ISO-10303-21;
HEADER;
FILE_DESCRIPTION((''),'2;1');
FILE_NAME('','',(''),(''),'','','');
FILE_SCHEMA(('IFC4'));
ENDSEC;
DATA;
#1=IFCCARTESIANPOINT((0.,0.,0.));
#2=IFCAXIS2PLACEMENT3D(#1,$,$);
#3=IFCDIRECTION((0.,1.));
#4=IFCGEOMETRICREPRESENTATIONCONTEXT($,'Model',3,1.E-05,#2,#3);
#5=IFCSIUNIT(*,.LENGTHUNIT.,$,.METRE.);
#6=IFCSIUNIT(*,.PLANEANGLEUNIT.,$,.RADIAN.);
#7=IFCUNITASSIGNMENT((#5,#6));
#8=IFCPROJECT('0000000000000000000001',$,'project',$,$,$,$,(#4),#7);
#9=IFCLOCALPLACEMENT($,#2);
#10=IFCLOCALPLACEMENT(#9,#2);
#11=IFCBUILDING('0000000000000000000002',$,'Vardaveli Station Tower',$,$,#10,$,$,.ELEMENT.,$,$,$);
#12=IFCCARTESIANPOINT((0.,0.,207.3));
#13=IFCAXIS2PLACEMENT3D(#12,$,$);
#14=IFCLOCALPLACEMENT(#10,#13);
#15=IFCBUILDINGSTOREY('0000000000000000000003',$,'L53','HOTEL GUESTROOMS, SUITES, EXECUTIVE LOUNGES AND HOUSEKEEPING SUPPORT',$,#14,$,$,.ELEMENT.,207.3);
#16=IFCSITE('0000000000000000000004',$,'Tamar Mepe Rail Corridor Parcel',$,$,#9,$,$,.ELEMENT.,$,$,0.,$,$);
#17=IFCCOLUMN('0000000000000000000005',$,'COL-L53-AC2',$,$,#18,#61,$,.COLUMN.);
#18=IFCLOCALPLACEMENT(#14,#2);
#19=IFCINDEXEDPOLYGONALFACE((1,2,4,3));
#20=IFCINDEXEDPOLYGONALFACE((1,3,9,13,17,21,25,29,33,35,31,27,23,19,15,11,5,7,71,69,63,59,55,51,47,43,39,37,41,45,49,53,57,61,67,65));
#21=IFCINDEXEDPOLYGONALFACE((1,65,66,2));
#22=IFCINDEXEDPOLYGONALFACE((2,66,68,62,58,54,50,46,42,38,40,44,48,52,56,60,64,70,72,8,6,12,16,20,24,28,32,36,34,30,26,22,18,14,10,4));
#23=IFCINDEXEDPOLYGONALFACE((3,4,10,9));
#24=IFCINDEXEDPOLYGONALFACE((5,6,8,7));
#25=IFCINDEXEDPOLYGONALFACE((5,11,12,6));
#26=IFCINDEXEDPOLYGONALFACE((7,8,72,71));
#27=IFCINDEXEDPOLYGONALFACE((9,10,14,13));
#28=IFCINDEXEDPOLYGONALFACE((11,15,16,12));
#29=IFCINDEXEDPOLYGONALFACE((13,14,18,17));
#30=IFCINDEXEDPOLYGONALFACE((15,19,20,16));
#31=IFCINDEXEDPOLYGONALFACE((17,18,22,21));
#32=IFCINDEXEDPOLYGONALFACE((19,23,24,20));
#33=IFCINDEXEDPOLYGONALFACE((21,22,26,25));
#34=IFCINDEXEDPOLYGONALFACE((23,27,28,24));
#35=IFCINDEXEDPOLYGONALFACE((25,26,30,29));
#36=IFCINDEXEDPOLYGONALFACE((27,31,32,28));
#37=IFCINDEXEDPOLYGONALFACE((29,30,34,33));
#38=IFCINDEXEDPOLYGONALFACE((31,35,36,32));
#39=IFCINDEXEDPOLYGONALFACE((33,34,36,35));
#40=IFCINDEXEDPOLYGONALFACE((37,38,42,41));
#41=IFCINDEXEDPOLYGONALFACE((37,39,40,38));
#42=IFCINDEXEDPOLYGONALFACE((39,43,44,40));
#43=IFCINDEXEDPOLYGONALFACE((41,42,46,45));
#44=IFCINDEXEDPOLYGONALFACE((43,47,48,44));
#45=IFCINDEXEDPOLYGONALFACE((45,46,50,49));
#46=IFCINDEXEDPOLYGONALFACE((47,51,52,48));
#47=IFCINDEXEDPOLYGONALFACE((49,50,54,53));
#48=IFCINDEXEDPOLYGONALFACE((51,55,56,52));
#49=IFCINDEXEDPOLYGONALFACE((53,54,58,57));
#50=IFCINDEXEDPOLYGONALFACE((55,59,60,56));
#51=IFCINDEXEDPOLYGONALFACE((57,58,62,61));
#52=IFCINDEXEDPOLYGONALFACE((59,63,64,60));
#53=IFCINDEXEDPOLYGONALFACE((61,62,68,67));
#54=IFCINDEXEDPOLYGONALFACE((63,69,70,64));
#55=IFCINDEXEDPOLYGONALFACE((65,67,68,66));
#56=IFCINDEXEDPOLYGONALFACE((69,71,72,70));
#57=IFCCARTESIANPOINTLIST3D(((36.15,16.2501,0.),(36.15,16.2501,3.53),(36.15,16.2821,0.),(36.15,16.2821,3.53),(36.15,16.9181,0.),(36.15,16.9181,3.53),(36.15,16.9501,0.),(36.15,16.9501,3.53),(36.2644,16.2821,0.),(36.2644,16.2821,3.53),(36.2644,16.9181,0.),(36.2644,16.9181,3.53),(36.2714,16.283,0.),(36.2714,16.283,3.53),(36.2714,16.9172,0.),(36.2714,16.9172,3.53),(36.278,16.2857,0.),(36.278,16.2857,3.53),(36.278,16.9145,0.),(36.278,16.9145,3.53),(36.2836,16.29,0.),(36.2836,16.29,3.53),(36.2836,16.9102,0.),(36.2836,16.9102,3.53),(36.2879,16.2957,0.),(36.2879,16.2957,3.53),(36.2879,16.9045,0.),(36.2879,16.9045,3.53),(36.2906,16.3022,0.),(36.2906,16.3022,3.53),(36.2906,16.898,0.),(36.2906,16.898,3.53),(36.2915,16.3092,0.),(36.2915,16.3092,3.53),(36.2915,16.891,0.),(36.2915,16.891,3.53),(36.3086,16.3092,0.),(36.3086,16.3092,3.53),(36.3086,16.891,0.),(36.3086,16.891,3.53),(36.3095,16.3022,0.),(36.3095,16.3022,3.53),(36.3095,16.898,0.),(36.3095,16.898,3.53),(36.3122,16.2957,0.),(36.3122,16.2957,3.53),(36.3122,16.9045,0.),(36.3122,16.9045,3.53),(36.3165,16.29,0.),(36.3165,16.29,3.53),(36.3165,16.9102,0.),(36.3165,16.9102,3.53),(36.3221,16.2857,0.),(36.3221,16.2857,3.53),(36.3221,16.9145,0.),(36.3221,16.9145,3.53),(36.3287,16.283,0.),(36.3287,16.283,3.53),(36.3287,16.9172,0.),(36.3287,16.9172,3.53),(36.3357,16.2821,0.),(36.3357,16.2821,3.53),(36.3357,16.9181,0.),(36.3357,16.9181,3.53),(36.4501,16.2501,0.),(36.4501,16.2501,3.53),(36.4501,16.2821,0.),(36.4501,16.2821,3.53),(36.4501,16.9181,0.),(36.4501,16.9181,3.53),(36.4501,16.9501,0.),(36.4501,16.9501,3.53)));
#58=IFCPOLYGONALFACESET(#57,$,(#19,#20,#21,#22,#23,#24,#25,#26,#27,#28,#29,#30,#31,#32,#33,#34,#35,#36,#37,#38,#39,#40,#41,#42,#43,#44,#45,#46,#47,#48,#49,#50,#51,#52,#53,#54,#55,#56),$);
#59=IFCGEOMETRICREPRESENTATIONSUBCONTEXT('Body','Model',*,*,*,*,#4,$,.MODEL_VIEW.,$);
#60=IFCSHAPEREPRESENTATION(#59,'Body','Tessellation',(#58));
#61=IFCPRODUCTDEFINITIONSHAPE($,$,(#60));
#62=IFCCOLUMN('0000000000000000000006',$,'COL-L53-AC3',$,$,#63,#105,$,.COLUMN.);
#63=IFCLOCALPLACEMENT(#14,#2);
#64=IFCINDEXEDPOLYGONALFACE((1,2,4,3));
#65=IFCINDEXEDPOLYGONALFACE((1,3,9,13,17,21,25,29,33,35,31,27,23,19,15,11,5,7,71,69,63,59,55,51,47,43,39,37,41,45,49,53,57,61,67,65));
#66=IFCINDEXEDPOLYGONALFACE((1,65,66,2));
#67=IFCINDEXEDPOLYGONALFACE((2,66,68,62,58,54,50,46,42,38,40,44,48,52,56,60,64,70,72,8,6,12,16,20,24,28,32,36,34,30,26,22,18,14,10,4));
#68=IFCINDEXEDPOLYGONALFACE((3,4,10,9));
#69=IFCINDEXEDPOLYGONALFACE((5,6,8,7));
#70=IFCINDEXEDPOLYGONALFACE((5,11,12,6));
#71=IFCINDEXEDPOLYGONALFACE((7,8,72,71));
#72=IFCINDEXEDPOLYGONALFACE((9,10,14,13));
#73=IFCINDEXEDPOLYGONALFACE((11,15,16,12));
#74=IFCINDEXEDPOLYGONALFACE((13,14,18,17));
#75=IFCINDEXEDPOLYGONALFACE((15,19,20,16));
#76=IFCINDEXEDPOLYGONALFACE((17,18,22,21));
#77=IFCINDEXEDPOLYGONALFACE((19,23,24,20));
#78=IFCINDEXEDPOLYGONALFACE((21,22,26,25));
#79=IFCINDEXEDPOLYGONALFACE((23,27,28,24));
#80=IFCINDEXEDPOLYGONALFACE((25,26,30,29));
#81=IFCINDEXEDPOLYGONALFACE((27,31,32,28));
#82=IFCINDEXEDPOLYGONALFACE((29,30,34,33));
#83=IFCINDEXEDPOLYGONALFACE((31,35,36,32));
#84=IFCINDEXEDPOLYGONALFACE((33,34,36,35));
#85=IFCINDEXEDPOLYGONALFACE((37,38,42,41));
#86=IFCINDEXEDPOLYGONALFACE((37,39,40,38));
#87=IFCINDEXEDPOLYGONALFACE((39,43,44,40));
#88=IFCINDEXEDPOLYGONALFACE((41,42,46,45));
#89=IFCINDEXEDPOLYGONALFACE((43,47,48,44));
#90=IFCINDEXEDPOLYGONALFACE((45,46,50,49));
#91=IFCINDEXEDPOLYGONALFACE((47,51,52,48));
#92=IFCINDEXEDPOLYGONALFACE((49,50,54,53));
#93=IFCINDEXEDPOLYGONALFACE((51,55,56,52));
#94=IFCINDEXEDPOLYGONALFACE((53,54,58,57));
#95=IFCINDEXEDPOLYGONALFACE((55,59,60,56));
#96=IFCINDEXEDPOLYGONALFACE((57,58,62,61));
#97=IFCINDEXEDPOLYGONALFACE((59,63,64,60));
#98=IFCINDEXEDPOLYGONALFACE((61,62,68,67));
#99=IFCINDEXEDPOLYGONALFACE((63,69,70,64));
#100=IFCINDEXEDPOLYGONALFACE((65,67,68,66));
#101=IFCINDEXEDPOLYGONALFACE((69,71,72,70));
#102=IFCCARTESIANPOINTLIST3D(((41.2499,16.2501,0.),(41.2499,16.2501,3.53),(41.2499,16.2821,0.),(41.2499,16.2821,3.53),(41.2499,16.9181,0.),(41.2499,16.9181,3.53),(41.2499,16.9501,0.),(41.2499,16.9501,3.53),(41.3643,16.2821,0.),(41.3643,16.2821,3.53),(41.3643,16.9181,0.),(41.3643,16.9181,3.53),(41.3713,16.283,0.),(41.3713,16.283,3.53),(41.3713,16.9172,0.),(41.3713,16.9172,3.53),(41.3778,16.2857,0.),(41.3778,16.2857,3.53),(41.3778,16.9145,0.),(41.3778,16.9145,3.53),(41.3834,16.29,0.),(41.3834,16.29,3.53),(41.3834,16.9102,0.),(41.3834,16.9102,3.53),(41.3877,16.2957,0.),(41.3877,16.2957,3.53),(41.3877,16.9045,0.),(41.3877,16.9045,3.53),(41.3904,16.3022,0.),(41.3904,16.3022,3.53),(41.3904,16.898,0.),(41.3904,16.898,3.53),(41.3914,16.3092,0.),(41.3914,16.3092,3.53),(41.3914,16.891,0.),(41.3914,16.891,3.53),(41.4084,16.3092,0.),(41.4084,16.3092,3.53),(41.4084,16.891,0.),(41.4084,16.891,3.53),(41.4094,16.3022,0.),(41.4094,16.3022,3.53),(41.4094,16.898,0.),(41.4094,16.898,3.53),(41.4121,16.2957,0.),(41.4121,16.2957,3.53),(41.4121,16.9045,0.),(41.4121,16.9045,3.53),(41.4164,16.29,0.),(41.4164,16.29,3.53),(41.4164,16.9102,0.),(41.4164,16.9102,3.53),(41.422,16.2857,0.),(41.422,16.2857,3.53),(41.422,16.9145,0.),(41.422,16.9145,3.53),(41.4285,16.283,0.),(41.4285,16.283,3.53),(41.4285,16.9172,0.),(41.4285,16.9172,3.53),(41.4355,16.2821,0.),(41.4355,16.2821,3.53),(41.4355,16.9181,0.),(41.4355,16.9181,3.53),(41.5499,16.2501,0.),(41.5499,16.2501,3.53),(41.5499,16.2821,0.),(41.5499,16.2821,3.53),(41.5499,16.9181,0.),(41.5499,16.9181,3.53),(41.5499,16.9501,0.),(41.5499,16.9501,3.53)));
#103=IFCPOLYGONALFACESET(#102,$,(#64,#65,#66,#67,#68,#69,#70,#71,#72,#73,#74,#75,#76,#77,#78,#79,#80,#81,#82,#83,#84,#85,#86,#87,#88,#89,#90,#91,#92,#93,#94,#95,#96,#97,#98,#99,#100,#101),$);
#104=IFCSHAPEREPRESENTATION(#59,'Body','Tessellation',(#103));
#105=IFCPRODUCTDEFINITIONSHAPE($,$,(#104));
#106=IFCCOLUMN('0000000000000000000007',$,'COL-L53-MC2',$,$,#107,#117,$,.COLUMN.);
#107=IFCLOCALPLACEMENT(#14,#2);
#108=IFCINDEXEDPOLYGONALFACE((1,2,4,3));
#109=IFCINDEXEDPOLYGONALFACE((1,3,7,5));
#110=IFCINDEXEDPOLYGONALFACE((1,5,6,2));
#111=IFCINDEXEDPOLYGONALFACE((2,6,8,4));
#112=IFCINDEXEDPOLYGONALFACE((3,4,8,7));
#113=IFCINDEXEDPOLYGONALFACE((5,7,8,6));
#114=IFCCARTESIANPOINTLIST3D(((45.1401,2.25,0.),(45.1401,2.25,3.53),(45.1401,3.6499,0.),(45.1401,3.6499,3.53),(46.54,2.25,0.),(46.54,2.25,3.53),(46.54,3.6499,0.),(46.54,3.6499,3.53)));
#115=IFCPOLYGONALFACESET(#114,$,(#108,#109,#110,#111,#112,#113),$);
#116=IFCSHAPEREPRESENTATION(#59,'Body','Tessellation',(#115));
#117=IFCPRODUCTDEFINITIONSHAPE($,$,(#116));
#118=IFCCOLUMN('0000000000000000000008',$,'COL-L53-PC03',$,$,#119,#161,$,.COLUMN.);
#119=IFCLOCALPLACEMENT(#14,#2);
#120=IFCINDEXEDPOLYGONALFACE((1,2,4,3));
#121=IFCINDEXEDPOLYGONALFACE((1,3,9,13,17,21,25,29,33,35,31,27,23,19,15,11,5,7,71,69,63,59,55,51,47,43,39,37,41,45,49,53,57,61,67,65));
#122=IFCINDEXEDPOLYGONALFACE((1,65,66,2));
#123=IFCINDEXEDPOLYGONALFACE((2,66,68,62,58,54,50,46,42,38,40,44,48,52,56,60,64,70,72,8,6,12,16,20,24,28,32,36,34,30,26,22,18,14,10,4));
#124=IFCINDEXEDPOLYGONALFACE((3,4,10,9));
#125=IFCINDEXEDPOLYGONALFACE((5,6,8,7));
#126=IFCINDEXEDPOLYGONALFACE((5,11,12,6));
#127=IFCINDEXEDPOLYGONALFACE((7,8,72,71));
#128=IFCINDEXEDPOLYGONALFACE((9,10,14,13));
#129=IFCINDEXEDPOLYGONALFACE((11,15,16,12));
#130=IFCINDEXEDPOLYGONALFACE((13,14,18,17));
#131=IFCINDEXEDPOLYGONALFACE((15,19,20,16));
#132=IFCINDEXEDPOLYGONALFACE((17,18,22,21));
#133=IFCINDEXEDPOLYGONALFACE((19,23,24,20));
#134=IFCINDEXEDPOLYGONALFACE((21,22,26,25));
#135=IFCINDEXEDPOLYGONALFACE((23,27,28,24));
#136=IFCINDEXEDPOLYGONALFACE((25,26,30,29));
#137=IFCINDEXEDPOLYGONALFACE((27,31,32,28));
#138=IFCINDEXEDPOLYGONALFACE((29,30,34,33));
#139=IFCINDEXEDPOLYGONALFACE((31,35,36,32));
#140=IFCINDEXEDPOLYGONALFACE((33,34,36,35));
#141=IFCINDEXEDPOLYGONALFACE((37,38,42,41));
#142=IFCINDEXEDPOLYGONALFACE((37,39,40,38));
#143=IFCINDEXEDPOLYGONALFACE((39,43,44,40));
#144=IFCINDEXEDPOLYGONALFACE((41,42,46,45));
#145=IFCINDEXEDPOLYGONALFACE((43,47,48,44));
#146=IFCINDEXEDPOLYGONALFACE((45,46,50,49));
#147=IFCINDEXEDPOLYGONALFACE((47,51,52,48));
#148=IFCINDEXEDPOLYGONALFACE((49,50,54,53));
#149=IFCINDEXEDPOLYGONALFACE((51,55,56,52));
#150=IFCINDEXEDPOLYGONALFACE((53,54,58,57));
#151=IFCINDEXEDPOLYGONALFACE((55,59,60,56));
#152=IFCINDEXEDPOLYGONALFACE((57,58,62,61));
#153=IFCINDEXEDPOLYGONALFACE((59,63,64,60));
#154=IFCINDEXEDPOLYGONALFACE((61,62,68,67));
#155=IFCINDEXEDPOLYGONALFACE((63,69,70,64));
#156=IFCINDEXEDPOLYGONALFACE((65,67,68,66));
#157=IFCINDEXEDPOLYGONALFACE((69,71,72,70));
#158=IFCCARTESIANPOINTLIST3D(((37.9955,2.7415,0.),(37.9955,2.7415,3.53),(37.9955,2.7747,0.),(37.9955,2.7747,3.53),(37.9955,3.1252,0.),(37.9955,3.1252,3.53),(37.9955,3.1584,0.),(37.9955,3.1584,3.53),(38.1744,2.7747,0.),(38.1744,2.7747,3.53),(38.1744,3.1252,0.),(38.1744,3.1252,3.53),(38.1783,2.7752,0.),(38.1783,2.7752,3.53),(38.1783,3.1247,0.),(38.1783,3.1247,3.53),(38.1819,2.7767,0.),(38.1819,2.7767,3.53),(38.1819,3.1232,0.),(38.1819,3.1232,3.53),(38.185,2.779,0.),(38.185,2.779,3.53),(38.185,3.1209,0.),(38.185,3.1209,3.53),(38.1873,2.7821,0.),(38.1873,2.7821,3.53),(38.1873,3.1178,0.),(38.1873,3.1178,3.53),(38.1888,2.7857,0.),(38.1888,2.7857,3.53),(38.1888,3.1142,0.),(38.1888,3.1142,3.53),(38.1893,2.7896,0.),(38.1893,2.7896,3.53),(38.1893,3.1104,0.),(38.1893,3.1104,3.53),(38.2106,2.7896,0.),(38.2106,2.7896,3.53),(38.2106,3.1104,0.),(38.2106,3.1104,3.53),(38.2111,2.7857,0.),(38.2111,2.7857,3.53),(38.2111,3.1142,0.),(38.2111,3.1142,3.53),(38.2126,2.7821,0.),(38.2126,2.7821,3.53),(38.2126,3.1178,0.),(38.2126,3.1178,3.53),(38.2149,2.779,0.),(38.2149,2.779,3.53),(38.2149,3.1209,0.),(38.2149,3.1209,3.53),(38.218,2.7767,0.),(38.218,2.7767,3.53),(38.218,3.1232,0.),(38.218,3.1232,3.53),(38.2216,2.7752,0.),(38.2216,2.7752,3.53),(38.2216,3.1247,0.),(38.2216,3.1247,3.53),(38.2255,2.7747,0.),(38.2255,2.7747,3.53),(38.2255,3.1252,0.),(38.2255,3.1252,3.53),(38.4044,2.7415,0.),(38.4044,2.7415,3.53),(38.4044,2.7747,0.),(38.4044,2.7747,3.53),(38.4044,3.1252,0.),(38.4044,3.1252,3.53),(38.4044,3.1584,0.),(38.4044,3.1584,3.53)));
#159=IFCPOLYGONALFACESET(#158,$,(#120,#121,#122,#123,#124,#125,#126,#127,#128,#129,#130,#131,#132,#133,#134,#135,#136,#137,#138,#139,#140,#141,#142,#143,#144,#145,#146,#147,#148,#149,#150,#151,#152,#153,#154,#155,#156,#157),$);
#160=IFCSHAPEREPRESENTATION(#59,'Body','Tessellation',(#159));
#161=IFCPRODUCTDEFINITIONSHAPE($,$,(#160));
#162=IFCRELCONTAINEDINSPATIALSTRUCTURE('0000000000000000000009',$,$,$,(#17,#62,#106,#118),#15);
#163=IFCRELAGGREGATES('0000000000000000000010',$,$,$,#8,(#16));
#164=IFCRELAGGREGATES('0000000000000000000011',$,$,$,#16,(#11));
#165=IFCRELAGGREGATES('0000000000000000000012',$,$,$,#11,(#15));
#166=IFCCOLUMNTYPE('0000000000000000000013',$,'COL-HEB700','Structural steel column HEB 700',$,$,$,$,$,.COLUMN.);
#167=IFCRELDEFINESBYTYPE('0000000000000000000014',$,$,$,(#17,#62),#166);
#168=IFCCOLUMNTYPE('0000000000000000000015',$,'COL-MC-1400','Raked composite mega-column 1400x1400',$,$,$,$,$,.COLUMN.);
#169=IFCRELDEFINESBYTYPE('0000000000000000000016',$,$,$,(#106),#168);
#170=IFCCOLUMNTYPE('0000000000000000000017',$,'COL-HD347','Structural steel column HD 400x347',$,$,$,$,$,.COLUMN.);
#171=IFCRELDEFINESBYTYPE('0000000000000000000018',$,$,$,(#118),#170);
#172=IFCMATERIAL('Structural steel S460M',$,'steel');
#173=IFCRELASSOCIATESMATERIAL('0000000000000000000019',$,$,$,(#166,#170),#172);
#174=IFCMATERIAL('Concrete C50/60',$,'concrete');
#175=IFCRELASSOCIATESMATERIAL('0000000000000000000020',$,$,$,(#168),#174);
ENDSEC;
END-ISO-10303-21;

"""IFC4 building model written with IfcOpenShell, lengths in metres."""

from ifc_helpers import new_model, si_unit, direction, frame, origin, origin_2d, place, context, subcontext, project, spatial, rectangle, i_section, extrude, source, transform, mapped, material, material_profile, profile_set, type_object, element, save


model = new_model("IFC4")

# Units and contexts
model_context = context("Model", 3, precision=1e-05, world=origin(), true_north=direction((0.0, 1.0)))
body_context = subcontext(model_context, "Body", "Model", "MODEL_VIEW")
ifc_project = project(units=[si_unit("LENGTHUNIT", "METRE"), si_unit("PLANEANGLEUNIT", "RADIAN")], contexts=[model_context])

# Site, building, storey
site_placement = place(None, origin())
site = spatial("IfcSite", under=ifc_project, at=site_placement, Name="Tamar Mepe Rail Corridor Parcel", CompositionType="ELEMENT", RefElevation=0.0)
building_placement = place(site_placement, origin())
building = spatial("IfcBuilding", under=site, at=building_placement, Name="Vardaveli Station Tower", CompositionType="ELEMENT")
storey_placement = place(building_placement, frame((0.0, 0.0, 207.3)))
storey = spatial("IfcBuildingStorey", under=building, at=storey_placement, Name="L53", Description="HOTEL GUESTROOMS, SUITES, EXECUTIVE LOUNGES AND HOUSEKEEPING SUPPORT", CompositionType="ELEMENT", Elevation=207.3)

# Columns
ifc_material_1 = material(Name="Structural steel S460M", Category="steel")
ifc_material_profile_1 = material_profile(ifc_material_1, i_section(OverallWidth=0.3, OverallDepth=0.7, WebThickness=0.0171, FlangeThickness=0.032, FilletRadius=0.0271, at=origin_2d()), Name="HEB 700")
ifc_profile_set_1 = profile_set([ifc_material_profile_1], Name="Structural steel S460M")
column_type_1 = type_object("IfcColumnType", Name="COL-HEB700", Description="Structural steel column HEB 700", PredefinedType="COLUMN", material=ifc_profile_set_1)
shared_shape_1 = source(origin(), body_context, "Body", "SweptSolid", [
    extrude(i_section(OverallWidth=0.3, OverallDepth=0.7, WebThickness=0.0171, FlangeThickness=0.032, FilletRadius=0.0271, at=origin_2d()), origin(), (0.0, 0.0, 1.0), 3.53),
])
for number, where, z_axis, x_axis, name in (
    (1, (36.3, 16.6001, 0.0), (0.0, 0.0, 1.0), (1.0, 0.0, 0.0), "COL-L53-AC2"),
    (2, (41.3999, 16.6001, 0.0), (0.0, 0.0, 1.0), (1.0, 0.0, 0.0), "COL-L53-AC3"),
):
    element("IfcColumn", number, at=place(storey_placement, frame(where, z_axis=z_axis, x_axis=x_axis)), inside=storey, type_object=column_type_1, Name=name, PredefinedType="COLUMN", context=body_context, shape_type="MappedRepresentation", body=[
        mapped(shared_shape_1, transform((0.0, 0.0, 0.0), scale=1.0)),
    ])
ifc_material_2 = material(Name="Concrete C50/60", Category="concrete")
ifc_material_profile_2 = material_profile(ifc_material_2, rectangle(XDim=1.3999, YDim=1.3999, at=origin_2d()), Name="MC 1400x1400")
ifc_profile_set_2 = profile_set([ifc_material_profile_2], Name="Concrete C50/60")
column_type_2 = type_object("IfcColumnType", Name="COL-MC-1400", Description="Raked composite mega-column 1400x1400", PredefinedType="COLUMN", material=ifc_profile_set_2)
shared_shape_2 = source(origin(), body_context, "Body", "SweptSolid", [
    extrude(rectangle(XDim=1.3999, YDim=1.3999, at=origin_2d()), origin(), (0.0, 0.0, 1.0), 3.53),
])
column_1_placement = place(storey_placement, frame((45.8401, 2.95, 0.0), z_axis=(0.0, 0.0, 1.0), x_axis=(1.0, 0.0, 0.0)))
element("IfcColumn", 3, at=column_1_placement, inside=storey, type_object=column_type_2, Name="COL-L53-MC2", PredefinedType="COLUMN", context=body_context, shape_type="MappedRepresentation", body=[
    mapped(shared_shape_2, transform((0.0, 0.0, 0.0), scale=1.0)),
])
ifc_material_profile_3 = material_profile(ifc_material_1, i_section(OverallWidth=0.4089, OverallDepth=0.417, WebThickness=0.0212, FlangeThickness=0.0332, FilletRadius=0.0149, at=origin_2d()), Name="HD 400x347")
ifc_profile_set_3 = profile_set([ifc_material_profile_3], Name="Structural steel S460M")
column_type_3 = type_object("IfcColumnType", Name="COL-HD347", Description="Structural steel column HD 400x347", PredefinedType="COLUMN", material=ifc_profile_set_3)
shared_shape_3 = source(origin(), body_context, "Body", "SweptSolid", [
    extrude(i_section(OverallWidth=0.4089, OverallDepth=0.417, WebThickness=0.0212, FlangeThickness=0.0332, FilletRadius=0.0149, at=origin_2d()), origin(), (0.0, 0.0, 1.0), 3.53),
])
column_2_placement = place(storey_placement, frame((38.2, 2.95, 0.0), z_axis=(0.0, 0.0, 1.0), x_axis=(1.0, 0.0, 0.0)))
element("IfcColumn", 4, at=column_2_placement, inside=storey, type_object=column_type_3, Name="COL-L53-PC03", PredefinedType="COLUMN", context=body_context, shape_type="MappedRepresentation", body=[
    mapped(shared_shape_3, transform((0.0, 0.0, 0.0), scale=1.0)),
])

save(model, "model.ifc")
